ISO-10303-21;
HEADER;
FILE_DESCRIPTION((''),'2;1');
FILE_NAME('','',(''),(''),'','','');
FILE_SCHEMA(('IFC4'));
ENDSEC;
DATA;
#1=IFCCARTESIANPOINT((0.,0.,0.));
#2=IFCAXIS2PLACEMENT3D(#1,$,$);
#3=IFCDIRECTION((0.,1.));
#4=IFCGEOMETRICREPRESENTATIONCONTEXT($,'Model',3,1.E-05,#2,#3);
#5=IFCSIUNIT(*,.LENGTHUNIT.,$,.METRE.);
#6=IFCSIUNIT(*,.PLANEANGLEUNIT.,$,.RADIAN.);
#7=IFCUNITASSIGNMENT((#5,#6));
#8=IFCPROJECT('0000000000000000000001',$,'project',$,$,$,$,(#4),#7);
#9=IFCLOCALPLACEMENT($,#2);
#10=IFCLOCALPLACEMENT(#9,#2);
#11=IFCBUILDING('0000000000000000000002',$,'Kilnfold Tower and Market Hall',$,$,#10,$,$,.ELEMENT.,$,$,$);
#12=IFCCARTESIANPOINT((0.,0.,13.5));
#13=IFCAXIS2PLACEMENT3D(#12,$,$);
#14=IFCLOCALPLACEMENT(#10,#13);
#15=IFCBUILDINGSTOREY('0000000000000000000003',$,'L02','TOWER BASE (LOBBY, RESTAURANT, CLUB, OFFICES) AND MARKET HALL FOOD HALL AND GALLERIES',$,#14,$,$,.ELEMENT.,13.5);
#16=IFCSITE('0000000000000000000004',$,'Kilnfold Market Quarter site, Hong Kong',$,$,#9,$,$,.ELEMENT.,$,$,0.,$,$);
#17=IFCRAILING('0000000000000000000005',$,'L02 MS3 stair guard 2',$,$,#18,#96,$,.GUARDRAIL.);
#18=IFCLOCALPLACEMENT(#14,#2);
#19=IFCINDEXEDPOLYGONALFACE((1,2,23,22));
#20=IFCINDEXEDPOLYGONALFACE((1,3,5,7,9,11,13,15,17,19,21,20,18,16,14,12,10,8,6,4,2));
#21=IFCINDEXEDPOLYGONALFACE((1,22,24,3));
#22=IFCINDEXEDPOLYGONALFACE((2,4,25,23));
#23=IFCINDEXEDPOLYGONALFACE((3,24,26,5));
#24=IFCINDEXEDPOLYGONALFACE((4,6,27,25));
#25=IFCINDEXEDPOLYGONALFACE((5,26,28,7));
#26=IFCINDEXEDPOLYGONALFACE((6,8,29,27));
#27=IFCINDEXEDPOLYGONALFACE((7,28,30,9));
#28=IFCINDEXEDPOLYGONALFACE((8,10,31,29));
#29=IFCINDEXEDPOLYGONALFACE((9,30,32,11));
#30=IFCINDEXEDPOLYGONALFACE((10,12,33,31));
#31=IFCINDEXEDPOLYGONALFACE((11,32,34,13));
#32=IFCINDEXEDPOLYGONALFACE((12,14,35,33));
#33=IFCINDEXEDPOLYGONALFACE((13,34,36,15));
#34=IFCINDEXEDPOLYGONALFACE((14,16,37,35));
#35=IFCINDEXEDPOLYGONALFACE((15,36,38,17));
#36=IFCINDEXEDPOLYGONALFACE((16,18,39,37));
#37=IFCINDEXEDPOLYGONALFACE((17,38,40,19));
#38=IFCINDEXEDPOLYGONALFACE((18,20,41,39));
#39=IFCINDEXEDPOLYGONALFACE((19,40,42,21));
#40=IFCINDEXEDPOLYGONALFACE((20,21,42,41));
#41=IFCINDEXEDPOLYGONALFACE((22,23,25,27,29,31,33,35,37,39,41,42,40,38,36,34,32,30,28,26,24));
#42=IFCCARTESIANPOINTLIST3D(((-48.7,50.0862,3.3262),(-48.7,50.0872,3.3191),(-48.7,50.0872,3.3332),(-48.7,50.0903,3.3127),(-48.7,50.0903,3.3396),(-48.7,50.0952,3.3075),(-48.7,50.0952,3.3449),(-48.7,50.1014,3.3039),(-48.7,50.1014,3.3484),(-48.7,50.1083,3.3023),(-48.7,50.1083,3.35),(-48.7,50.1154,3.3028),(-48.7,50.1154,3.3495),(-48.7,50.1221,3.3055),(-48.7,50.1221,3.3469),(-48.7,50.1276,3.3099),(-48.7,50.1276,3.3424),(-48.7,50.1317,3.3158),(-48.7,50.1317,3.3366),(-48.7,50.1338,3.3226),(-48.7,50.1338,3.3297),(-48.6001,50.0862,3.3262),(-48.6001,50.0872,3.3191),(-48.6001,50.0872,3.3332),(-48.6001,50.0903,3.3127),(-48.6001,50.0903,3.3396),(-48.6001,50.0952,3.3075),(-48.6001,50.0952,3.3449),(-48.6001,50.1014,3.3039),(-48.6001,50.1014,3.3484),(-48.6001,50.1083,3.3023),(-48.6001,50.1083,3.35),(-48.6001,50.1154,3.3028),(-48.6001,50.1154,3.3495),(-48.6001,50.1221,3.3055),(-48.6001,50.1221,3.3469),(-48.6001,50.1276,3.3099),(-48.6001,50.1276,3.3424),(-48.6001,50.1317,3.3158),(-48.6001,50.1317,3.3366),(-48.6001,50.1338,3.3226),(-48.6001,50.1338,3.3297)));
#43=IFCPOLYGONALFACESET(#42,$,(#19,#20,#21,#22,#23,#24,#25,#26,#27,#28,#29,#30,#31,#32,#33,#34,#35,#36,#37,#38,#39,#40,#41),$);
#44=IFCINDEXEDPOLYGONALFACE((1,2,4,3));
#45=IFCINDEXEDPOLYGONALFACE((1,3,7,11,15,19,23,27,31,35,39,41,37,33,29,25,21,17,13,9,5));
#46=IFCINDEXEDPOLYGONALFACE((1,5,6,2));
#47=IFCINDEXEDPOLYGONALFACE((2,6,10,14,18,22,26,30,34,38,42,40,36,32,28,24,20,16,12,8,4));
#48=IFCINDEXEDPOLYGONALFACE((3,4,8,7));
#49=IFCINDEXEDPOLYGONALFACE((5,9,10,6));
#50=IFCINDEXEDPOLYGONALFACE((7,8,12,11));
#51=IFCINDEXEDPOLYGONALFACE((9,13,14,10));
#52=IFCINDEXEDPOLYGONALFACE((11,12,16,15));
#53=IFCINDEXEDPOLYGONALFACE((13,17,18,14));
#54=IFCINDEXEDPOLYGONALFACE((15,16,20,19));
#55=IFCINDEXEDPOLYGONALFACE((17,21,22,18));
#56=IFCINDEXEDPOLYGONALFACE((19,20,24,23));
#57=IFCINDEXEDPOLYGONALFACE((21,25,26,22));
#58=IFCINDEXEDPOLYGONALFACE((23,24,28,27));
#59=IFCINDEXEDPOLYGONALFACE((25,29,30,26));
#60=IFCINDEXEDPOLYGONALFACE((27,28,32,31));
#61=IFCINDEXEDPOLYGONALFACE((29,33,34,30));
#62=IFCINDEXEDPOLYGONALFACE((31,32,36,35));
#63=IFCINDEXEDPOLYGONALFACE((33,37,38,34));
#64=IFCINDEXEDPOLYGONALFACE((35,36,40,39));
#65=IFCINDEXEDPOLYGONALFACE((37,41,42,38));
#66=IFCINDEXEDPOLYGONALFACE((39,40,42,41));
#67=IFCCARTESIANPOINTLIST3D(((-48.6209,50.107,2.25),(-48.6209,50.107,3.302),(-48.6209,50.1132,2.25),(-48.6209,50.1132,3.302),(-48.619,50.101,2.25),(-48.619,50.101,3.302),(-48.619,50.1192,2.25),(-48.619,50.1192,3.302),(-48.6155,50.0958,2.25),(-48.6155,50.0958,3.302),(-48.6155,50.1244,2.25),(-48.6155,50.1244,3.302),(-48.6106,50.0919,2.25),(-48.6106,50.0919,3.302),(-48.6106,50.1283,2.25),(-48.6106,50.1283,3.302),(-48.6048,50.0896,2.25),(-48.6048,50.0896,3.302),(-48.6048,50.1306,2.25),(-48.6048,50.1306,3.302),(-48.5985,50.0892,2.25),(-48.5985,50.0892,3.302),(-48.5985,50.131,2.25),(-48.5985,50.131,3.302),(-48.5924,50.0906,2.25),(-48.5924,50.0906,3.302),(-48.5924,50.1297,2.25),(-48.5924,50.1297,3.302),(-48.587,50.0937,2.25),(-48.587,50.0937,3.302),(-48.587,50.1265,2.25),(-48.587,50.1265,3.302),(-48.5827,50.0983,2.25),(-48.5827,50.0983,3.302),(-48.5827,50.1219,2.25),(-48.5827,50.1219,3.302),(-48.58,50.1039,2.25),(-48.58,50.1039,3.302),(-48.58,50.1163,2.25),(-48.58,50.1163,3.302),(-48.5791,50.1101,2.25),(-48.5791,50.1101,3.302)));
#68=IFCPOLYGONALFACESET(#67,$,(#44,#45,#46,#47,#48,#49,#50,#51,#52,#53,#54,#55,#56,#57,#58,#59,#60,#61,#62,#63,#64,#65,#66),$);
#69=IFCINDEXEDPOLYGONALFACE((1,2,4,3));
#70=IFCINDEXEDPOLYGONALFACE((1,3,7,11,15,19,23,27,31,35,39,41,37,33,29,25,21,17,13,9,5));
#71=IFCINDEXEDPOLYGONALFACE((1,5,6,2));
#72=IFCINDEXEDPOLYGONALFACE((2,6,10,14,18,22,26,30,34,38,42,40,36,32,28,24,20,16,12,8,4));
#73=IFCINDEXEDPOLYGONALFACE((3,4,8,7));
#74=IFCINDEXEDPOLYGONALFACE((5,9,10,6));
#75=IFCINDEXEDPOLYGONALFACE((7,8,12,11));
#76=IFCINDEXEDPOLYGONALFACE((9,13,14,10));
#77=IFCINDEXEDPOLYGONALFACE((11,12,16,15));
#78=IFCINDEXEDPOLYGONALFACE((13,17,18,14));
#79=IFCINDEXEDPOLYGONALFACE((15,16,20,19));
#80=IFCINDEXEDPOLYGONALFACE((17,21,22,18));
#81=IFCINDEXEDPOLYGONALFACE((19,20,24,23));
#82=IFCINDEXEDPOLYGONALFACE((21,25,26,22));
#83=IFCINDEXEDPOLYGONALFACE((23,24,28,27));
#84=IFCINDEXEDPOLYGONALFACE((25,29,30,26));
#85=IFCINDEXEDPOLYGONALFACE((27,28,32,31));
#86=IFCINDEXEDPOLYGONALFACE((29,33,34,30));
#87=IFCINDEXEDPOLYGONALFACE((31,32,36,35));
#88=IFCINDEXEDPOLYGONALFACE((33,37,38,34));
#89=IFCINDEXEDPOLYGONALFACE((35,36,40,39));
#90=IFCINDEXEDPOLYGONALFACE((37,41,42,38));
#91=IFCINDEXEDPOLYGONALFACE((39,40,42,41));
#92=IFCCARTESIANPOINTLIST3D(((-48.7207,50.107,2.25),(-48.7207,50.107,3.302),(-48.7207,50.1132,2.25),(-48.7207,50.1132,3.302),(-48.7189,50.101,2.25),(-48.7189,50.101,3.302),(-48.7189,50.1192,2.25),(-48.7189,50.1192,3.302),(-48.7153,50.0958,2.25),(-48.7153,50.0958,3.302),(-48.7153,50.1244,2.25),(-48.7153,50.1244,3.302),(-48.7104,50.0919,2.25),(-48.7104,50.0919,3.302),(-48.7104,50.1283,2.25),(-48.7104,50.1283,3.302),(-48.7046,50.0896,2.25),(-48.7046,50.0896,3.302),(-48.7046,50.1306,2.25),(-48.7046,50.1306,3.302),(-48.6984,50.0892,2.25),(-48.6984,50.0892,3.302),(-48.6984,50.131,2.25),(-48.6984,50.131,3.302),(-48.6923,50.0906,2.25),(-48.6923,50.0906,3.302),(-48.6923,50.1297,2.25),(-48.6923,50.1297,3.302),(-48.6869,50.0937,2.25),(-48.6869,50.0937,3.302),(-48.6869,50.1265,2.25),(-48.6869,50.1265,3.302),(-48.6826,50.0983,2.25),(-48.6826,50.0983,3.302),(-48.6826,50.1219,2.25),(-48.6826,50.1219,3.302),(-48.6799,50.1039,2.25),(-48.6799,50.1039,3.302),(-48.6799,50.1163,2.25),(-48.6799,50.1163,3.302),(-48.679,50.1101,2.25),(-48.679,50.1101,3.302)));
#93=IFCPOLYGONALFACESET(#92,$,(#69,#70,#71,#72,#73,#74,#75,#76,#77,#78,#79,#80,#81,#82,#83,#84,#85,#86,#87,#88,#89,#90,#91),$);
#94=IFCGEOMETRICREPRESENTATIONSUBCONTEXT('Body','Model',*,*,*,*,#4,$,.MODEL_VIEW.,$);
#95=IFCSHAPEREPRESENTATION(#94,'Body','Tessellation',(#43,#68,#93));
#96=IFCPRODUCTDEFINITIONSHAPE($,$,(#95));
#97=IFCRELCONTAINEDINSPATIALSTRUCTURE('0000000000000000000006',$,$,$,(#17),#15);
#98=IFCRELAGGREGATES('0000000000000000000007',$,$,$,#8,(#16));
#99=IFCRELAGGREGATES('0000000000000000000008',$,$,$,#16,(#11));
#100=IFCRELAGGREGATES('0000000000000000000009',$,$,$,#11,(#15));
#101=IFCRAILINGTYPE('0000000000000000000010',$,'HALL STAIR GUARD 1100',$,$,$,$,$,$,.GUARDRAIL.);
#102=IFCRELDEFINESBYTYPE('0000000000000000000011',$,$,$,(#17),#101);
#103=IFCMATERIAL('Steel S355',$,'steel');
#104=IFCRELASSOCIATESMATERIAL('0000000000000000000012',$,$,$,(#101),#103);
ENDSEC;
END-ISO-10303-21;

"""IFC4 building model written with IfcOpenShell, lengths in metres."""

from ifc_helpers import new_model, si_unit, direction, frame, origin, origin_2d, place, context, subcontext, project, spatial, circle, extrude, material, type_object, element, save


model = new_model("IFC4")

# Units and contexts
model_context = context("Model", 3, precision=1e-05, world=origin(), true_north=direction((0.0, 1.0)))
body_context = subcontext(model_context, "Body", "Model", "MODEL_VIEW")
ifc_project = project(units=[si_unit("LENGTHUNIT", "METRE"), si_unit("PLANEANGLEUNIT", "RADIAN")], contexts=[model_context])

# Site, building, storey
site_placement = place(None, origin())
site = spatial("IfcSite", under=ifc_project, at=site_placement, Name="Kilnfold Market Quarter site, Hong Kong", CompositionType="ELEMENT", RefElevation=0.0)
building_placement = place(site_placement, origin())
building = spatial("IfcBuilding", under=site, at=building_placement, Name="Kilnfold Tower and Market Hall", CompositionType="ELEMENT")
storey_placement = place(building_placement, frame((0.0, 0.0, 13.5)))
storey = spatial("IfcBuildingStorey", under=building, at=storey_placement, Name="L02", Description="TOWER BASE (LOBBY, RESTAURANT, CLUB, OFFICES) AND MARKET HALL FOOD HALL AND GALLERIES", CompositionType="ELEMENT", Elevation=13.5)

# Railing
ifc_material_1 = material(Name="Steel S355", Category="steel")
railing_type_1 = type_object("IfcRailingType", Name="HALL STAIR GUARD 1100", PredefinedType="GUARDRAIL", material=ifc_material_1)
railing_1_placement = place(storey_placement, frame((-48.6001, 50.1101, 2.25)))
element("IfcRailing", 1, at=railing_1_placement, inside=storey, type_object=railing_type_1, Name="L02 MS3 stair guard 2", PredefinedType="GUARDRAIL", context=body_context, shape_type="SweptSolid", body=[
    extrude(circle(Radius=0.0239, at=origin_2d()), frame((0.0, 0.0, 1.0762), z_axis=(-1.0, 0.0, 0.0), x_axis=(0.0, -1.0, 0.0)), (0.0, 0.0, 1.0), 0.0999),
    extrude(circle(Radius=0.021, at=origin_2d()), origin(), (0.0, 0.0, 1.0), 1.052),
    extrude(circle(Radius=0.021, at=origin_2d()), frame((-0.0999, 0.0, 0.0)), (0.0, 0.0, 1.0), 1.052),
])

save(model, "model.ifc")
